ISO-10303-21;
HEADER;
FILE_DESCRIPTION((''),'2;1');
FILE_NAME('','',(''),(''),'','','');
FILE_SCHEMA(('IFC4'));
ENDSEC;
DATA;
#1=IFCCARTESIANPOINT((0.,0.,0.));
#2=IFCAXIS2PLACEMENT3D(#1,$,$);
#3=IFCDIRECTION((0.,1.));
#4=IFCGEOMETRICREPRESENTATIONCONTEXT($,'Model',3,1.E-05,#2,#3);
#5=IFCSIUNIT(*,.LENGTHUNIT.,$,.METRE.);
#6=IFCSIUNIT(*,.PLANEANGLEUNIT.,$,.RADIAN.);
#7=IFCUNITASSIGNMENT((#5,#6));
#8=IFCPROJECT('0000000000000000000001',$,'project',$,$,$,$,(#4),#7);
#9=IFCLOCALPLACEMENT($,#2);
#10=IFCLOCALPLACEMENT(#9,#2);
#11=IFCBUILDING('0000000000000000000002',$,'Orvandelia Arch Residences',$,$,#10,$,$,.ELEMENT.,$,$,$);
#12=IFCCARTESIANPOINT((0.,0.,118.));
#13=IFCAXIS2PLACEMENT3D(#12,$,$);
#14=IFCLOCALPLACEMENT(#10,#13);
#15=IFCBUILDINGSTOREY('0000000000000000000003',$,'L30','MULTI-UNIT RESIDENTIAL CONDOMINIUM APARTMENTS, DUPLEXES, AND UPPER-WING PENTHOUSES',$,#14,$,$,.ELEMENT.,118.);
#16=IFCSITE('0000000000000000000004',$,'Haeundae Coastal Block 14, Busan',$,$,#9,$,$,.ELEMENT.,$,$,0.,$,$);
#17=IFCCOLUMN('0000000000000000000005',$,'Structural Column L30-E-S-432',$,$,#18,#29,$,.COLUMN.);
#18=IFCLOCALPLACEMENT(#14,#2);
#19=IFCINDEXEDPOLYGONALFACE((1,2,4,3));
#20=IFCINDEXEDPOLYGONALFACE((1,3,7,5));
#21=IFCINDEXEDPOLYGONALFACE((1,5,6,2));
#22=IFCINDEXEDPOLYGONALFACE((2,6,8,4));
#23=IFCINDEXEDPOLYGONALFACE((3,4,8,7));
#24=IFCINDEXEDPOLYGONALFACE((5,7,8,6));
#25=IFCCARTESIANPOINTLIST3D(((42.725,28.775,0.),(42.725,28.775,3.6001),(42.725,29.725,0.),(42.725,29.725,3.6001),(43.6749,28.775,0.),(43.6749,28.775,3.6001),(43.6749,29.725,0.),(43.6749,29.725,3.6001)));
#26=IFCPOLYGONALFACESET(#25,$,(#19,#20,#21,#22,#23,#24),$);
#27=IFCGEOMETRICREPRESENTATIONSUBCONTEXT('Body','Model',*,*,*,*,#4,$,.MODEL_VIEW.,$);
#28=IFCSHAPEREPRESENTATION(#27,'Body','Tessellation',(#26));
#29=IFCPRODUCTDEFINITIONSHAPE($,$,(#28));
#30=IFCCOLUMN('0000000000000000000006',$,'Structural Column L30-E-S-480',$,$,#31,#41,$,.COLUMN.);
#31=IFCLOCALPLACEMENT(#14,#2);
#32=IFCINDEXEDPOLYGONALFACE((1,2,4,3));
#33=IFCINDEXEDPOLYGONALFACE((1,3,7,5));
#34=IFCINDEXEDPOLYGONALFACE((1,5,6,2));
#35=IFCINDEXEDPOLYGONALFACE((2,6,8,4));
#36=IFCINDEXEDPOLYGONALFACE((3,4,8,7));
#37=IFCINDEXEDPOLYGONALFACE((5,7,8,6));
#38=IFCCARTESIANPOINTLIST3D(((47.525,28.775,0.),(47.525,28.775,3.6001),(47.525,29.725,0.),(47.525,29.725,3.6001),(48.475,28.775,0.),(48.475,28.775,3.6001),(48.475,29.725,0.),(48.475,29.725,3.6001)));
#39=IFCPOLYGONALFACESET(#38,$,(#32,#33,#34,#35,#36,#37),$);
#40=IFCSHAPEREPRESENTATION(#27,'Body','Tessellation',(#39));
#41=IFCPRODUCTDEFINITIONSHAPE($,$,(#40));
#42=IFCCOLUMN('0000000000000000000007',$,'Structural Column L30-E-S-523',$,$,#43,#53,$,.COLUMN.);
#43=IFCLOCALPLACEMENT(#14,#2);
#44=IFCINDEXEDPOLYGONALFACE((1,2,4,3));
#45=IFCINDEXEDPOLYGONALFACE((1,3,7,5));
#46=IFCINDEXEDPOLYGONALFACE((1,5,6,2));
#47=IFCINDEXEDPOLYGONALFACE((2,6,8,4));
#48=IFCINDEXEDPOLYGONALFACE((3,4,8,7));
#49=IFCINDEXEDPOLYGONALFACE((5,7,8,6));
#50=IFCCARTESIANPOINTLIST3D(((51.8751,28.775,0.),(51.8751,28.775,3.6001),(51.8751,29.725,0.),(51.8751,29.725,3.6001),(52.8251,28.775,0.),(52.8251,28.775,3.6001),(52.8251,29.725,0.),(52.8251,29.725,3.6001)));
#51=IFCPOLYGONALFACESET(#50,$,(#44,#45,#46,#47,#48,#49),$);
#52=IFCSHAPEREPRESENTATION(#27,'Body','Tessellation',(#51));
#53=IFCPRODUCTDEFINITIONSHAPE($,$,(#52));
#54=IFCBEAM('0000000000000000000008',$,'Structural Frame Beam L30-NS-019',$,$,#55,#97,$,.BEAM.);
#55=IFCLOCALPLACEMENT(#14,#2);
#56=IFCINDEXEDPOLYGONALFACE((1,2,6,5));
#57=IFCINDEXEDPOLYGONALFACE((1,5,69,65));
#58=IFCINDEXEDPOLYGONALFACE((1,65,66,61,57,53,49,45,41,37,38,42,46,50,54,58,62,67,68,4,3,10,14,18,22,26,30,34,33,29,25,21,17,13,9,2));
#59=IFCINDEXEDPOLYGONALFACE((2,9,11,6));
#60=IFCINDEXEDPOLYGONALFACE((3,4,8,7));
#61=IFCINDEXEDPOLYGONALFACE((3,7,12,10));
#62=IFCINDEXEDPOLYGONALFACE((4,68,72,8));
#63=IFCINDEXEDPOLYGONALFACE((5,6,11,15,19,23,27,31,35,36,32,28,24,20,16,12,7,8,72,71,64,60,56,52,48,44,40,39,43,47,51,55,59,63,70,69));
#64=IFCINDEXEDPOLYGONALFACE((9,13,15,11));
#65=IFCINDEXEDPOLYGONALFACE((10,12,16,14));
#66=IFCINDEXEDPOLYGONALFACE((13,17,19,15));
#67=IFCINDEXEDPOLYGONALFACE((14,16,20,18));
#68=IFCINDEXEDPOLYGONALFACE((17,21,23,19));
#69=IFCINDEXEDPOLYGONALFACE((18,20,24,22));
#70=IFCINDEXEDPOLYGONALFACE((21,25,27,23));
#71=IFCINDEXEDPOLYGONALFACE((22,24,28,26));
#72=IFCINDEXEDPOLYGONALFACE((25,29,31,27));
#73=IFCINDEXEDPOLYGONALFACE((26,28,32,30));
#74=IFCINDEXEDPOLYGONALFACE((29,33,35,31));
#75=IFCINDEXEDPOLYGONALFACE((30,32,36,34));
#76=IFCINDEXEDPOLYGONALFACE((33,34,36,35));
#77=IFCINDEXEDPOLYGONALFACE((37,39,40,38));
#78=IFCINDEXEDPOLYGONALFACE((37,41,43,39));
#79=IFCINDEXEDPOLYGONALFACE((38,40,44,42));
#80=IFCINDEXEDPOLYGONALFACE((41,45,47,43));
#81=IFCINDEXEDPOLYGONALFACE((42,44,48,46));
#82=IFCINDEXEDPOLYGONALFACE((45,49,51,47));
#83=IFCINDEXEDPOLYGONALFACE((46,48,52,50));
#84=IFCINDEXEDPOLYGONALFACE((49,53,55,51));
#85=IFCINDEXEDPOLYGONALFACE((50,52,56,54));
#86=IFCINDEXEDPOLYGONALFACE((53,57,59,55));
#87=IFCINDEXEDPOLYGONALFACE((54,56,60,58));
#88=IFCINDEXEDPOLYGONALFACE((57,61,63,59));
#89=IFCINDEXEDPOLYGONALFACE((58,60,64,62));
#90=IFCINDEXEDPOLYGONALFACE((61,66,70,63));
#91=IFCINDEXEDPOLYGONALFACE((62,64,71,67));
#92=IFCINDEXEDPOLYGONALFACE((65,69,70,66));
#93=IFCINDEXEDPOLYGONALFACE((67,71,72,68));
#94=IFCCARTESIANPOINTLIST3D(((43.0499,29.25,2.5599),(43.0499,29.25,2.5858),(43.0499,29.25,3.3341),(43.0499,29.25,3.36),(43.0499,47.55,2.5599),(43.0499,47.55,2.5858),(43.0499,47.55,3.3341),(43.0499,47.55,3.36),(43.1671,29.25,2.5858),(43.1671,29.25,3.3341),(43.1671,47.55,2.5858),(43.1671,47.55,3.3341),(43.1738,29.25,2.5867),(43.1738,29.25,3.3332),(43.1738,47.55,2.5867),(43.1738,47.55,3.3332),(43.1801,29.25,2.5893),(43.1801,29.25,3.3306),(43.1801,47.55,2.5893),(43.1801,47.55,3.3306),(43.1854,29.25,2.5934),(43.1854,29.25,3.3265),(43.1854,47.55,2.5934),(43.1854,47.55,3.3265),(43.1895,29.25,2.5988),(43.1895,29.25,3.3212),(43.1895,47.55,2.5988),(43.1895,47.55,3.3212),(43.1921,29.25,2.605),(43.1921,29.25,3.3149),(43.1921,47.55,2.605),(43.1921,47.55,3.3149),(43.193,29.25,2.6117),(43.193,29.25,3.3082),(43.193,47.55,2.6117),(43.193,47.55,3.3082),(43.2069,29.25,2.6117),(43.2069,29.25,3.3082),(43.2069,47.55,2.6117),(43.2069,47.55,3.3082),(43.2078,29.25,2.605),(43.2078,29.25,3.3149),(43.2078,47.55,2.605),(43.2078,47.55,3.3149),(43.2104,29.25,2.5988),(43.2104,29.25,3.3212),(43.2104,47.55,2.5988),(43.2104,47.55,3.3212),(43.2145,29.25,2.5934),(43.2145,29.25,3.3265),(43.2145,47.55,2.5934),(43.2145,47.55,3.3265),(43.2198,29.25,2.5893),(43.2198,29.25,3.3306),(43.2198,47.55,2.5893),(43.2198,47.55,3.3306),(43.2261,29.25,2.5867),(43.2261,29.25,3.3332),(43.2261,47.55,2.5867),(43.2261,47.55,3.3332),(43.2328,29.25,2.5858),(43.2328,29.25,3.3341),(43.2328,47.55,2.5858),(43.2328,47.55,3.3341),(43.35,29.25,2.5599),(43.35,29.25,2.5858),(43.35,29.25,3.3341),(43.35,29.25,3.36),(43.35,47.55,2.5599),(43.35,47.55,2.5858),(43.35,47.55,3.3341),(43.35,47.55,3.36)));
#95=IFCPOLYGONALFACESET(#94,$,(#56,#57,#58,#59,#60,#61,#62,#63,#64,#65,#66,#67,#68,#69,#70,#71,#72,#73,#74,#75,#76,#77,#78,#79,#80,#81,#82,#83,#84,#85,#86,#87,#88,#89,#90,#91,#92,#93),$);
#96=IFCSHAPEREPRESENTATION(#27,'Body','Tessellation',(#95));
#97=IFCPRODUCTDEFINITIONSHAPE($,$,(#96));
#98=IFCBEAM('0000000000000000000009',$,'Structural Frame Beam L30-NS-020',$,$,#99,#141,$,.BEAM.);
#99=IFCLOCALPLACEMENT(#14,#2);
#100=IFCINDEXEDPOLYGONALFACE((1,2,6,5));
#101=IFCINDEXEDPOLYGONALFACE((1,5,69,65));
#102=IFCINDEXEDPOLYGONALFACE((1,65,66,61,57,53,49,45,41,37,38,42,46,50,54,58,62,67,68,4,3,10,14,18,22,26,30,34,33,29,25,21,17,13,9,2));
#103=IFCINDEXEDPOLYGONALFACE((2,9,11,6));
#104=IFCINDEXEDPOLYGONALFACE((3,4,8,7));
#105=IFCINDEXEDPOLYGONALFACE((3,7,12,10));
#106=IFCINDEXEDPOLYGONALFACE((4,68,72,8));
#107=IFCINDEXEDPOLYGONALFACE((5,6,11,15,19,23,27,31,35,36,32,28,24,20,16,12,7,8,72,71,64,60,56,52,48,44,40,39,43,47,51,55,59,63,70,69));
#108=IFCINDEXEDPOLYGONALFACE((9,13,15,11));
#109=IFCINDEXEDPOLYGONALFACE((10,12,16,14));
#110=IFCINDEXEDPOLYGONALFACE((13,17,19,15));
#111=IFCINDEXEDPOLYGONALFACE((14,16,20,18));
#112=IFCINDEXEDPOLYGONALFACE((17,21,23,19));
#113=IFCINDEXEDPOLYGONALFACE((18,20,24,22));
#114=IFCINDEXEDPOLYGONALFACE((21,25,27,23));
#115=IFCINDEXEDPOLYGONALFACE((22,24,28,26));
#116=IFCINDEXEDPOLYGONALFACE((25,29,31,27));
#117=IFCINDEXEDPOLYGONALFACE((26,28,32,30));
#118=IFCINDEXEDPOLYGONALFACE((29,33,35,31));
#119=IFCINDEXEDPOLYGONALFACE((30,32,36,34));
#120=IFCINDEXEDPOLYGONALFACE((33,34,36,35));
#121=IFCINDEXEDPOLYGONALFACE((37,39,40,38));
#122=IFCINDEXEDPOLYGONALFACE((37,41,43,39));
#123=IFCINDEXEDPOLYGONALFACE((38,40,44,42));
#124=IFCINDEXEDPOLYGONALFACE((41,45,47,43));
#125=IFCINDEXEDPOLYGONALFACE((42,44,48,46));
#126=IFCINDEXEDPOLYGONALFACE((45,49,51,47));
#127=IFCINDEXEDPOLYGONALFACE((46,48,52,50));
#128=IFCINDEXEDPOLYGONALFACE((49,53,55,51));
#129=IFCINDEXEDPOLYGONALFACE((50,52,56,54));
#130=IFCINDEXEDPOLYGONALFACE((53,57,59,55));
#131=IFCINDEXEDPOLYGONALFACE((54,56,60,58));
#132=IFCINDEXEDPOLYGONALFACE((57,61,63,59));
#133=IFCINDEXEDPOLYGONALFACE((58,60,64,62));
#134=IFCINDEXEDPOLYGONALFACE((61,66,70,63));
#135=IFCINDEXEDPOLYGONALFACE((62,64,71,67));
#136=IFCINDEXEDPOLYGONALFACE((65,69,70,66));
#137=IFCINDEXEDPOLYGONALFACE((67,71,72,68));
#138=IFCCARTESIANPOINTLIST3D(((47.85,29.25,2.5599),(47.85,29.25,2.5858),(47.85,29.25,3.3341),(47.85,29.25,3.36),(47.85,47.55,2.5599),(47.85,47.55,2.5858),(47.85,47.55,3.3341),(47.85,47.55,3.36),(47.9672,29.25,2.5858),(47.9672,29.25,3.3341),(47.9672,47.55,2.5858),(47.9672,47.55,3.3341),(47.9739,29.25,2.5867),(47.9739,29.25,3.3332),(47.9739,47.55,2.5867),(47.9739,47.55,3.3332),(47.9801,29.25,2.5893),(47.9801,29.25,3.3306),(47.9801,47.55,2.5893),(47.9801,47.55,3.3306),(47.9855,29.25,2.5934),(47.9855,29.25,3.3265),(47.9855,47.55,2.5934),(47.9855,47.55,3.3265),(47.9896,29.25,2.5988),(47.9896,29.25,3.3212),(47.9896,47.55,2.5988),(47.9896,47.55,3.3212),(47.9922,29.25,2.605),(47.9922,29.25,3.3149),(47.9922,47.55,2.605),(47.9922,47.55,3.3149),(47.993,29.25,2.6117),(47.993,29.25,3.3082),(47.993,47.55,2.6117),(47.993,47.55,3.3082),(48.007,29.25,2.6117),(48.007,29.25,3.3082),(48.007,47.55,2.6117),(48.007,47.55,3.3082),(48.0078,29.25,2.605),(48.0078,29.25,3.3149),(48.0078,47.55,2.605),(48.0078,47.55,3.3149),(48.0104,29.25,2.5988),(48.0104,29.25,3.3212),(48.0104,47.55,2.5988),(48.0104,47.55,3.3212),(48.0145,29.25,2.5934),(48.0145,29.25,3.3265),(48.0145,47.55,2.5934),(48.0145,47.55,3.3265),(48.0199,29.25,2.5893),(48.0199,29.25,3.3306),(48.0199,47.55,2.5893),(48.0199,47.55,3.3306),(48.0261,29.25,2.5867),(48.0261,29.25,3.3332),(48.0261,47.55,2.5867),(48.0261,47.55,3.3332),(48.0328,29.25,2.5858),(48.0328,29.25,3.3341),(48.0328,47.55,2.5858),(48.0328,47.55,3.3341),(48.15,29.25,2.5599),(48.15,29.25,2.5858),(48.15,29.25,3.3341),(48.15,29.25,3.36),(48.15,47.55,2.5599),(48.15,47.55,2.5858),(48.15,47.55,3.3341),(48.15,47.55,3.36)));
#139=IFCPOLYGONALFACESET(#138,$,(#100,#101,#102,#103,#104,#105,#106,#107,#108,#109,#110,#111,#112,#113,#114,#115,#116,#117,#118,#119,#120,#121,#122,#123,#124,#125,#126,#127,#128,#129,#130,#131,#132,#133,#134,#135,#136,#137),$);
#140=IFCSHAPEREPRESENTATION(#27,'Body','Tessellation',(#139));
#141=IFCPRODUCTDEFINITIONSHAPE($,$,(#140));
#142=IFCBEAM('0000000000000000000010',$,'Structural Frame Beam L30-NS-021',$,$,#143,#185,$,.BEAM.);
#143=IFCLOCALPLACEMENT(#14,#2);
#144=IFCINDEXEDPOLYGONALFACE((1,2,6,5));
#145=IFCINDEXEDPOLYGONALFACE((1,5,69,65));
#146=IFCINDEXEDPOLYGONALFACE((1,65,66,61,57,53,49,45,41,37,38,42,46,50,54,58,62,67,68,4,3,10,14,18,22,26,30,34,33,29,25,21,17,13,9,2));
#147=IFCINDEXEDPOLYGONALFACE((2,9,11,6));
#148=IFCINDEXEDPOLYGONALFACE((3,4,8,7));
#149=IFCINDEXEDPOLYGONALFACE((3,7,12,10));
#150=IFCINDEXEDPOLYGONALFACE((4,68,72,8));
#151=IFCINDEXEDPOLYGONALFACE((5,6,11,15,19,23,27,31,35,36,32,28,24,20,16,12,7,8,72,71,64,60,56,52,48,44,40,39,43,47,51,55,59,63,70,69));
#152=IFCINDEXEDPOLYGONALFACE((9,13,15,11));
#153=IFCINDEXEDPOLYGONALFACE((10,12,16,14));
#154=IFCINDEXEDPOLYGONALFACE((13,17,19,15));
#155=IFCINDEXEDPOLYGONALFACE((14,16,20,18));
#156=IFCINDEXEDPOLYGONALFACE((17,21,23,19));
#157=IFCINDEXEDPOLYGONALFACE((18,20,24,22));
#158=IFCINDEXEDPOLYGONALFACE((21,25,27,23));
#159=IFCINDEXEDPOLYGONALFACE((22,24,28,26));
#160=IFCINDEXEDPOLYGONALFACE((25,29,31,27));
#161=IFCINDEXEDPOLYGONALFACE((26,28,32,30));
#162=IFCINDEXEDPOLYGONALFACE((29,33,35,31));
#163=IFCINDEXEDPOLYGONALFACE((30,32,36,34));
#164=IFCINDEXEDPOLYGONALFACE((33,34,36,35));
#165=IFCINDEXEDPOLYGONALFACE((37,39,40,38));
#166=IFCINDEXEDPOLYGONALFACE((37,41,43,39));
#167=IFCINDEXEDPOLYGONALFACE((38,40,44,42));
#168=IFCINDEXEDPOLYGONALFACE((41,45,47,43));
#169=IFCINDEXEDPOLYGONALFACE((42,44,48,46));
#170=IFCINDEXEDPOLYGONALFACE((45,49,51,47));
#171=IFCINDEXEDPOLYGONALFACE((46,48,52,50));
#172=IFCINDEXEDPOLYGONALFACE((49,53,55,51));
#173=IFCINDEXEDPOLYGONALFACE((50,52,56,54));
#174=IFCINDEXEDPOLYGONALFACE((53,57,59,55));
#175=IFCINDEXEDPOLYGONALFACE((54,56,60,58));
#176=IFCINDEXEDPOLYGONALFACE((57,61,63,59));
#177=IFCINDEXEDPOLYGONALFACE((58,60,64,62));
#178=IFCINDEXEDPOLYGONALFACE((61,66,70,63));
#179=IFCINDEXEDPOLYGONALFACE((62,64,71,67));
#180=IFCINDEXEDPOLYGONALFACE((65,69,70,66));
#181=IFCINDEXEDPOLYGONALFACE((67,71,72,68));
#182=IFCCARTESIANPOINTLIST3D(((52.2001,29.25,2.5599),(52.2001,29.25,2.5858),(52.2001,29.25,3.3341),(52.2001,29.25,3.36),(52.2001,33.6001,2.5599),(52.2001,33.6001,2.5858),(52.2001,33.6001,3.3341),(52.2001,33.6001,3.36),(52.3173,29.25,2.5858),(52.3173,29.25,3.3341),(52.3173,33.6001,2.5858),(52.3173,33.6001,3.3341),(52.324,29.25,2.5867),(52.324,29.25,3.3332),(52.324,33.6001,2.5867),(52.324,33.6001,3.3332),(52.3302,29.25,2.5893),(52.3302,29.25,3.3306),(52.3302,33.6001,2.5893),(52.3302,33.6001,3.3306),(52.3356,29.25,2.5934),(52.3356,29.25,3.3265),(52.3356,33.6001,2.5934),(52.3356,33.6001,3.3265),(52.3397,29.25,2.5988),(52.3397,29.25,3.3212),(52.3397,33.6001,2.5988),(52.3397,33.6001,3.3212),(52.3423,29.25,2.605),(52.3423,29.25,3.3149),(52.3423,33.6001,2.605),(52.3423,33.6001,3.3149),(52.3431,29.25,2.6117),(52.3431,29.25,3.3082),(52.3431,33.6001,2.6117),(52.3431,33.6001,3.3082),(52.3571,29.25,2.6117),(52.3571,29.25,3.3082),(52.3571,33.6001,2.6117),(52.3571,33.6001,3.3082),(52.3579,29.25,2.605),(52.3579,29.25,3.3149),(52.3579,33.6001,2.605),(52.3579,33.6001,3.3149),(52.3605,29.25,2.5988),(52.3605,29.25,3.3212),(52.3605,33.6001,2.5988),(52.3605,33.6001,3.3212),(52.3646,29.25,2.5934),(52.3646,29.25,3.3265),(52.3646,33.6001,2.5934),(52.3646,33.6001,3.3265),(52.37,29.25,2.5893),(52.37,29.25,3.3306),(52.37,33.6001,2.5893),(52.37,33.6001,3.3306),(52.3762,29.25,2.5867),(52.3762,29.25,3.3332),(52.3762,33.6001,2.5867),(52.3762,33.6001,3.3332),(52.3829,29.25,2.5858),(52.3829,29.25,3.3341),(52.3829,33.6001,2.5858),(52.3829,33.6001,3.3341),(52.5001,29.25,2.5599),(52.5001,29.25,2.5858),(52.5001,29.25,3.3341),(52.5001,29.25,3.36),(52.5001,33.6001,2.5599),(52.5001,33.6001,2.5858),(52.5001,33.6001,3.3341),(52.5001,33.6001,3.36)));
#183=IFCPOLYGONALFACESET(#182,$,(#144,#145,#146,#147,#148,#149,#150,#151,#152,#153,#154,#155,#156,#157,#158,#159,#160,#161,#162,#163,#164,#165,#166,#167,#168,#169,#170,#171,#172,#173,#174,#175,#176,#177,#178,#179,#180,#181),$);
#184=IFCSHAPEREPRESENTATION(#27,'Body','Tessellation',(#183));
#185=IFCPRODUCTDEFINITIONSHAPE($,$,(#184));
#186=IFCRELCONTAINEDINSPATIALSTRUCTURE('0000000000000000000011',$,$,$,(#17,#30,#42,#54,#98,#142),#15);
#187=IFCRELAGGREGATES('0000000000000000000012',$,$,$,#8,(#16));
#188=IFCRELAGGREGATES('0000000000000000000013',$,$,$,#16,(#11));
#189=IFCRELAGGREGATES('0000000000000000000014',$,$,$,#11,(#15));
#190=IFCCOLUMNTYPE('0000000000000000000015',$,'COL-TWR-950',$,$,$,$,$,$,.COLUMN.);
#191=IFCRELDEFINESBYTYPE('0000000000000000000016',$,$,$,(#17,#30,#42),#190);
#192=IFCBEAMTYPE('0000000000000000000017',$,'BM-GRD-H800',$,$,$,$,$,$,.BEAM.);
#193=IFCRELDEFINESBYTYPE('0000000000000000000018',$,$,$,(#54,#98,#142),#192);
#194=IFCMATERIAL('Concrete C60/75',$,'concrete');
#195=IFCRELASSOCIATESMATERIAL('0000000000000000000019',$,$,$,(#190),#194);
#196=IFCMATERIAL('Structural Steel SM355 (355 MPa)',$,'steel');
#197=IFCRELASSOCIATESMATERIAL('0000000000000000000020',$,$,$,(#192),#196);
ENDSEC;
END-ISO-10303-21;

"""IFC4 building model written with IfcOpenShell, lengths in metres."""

from ifc_helpers import new_model, si_unit, direction, frame, origin, origin_2d, place, context, subcontext, project, spatial, rectangle, i_section, extrude, material, material_profile, profile_set, type_object, element, save


model = new_model("IFC4")

# Units and contexts
model_context = context("Model", 3, precision=1e-05, world=origin(), true_north=direction((0.0, 1.0)))
body_context = subcontext(model_context, "Body", "Model", "MODEL_VIEW")
ifc_project = project(units=[si_unit("LENGTHUNIT", "METRE"), si_unit("PLANEANGLEUNIT", "RADIAN")], contexts=[model_context])

# Site, building, storey
site_placement = place(None, origin())
site = spatial("IfcSite", under=ifc_project, at=site_placement, Name="Haeundae Coastal Block 14, Busan", CompositionType="ELEMENT", RefElevation=0.0)
building_placement = place(site_placement, origin())
building = spatial("IfcBuilding", under=site, at=building_placement, Name="Orvandelia Arch Residences", CompositionType="ELEMENT")
storey_placement = place(building_placement, frame((0.0, 0.0, 118.0)))
storey = spatial("IfcBuildingStorey", under=building, at=storey_placement, Name="L30", Description="MULTI-UNIT RESIDENTIAL CONDOMINIUM APARTMENTS, DUPLEXES, AND UPPER-WING PENTHOUSES", CompositionType="ELEMENT", Elevation=118.0)

# Columns
ifc_material_1 = material(Name="Concrete C60/75", Category="concrete")
ifc_material_profile_1 = material_profile(ifc_material_1, rectangle(XDim=0.95, YDim=0.95, at=origin_2d()), Name="Concrete C60/75", Category="concrete")
ifc_profile_set_1 = profile_set([ifc_material_profile_1], Name="Concrete C60/75")
column_type = type_object("IfcColumnType", Name="COL-TWR-950", PredefinedType="COLUMN", material=ifc_profile_set_1)
for number, where, z_axis, x_axis, name in (
    (1, (43.2, 29.25, 0.0), (0.0, 0.0, 1.0), (1.0, 0.0, 0.0), "Structural Column L30-E-S-432"),
    (2, (48.0, 29.25, 0.0), (0.0, 0.0, 1.0), (1.0, 0.0, 0.0), "Structural Column L30-E-S-480"),
    (3, (52.3501, 29.25, 0.0), (0.0, 0.0, 1.0), (1.0, 0.0, 0.0), "Structural Column L30-E-S-523"),
):
    element("IfcColumn", number, at=place(storey_placement, frame(where, z_axis=z_axis, x_axis=x_axis)), inside=storey, type_object=column_type, Name=name, PredefinedType="COLUMN", context=body_context, shape_type="SweptSolid", body=[
        extrude(rectangle(XDim=0.95, YDim=0.95, at=origin_2d()), origin(), (0.0, 0.0, 1.0), 3.6001),
    ])

# Beams
ifc_material_2 = material(Name="Structural Steel SM355 (355 MPa)", Category="steel")
ifc_material_profile_2 = material_profile(ifc_material_2, i_section(OverallWidth=0.3, OverallDepth=0.8, WebThickness=0.0139, FlangeThickness=0.0259, FilletRadius=0.0259, at=origin_2d()), Name="Structural Steel SM355 (355 MPa)", Category="steel")
ifc_profile_set_2 = profile_set([ifc_material_profile_2], Name="Structural Steel SM355 (355 MPa)")
beam_type = type_object("IfcBeamType", Name="BM-GRD-H800", PredefinedType="BEAM", material=ifc_profile_set_2)
for number, where, z_axis, x_axis, name in (
    (4, (43.2, 29.25, 2.96), (0.0, 1.0, 0.0), (-1.0, 0.0, 0.0), "Structural Frame Beam L30-NS-019"),
    (5, (48.0, 29.25, 2.96), (0.0, 1.0, 0.0), (-1.0, 0.0, 0.0), "Structural Frame Beam L30-NS-020"),
):
    element("IfcBeam", number, at=place(storey_placement, frame(where, z_axis=z_axis, x_axis=x_axis)), inside=storey, type_object=beam_type, Name=name, PredefinedType="BEAM", context=body_context, shape_type="SweptSolid", body=[
        extrude(i_section(OverallWidth=0.3, OverallDepth=0.8, WebThickness=0.0139, FlangeThickness=0.0259, FilletRadius=0.0259, at=origin_2d()), origin(), (0.0, 0.0, 1.0), 18.3),
    ])
beam_1_placement = place(storey_placement, frame((52.3501, 29.25, 2.96), z_axis=(0.0, 1.0, 0.0), x_axis=(-1.0, 0.0, 0.0)))
element("IfcBeam", 6, at=beam_1_placement, inside=storey, type_object=beam_type, Name="Structural Frame Beam L30-NS-021", PredefinedType="BEAM", context=body_context, shape_type="SweptSolid", body=[
    extrude(i_section(OverallWidth=0.3, OverallDepth=0.8, WebThickness=0.0139, FlangeThickness=0.0259, FilletRadius=0.0259, at=origin_2d()), origin(), (0.0, 0.0, 1.0), 4.3501),
])

save(model, "model.ifc")
